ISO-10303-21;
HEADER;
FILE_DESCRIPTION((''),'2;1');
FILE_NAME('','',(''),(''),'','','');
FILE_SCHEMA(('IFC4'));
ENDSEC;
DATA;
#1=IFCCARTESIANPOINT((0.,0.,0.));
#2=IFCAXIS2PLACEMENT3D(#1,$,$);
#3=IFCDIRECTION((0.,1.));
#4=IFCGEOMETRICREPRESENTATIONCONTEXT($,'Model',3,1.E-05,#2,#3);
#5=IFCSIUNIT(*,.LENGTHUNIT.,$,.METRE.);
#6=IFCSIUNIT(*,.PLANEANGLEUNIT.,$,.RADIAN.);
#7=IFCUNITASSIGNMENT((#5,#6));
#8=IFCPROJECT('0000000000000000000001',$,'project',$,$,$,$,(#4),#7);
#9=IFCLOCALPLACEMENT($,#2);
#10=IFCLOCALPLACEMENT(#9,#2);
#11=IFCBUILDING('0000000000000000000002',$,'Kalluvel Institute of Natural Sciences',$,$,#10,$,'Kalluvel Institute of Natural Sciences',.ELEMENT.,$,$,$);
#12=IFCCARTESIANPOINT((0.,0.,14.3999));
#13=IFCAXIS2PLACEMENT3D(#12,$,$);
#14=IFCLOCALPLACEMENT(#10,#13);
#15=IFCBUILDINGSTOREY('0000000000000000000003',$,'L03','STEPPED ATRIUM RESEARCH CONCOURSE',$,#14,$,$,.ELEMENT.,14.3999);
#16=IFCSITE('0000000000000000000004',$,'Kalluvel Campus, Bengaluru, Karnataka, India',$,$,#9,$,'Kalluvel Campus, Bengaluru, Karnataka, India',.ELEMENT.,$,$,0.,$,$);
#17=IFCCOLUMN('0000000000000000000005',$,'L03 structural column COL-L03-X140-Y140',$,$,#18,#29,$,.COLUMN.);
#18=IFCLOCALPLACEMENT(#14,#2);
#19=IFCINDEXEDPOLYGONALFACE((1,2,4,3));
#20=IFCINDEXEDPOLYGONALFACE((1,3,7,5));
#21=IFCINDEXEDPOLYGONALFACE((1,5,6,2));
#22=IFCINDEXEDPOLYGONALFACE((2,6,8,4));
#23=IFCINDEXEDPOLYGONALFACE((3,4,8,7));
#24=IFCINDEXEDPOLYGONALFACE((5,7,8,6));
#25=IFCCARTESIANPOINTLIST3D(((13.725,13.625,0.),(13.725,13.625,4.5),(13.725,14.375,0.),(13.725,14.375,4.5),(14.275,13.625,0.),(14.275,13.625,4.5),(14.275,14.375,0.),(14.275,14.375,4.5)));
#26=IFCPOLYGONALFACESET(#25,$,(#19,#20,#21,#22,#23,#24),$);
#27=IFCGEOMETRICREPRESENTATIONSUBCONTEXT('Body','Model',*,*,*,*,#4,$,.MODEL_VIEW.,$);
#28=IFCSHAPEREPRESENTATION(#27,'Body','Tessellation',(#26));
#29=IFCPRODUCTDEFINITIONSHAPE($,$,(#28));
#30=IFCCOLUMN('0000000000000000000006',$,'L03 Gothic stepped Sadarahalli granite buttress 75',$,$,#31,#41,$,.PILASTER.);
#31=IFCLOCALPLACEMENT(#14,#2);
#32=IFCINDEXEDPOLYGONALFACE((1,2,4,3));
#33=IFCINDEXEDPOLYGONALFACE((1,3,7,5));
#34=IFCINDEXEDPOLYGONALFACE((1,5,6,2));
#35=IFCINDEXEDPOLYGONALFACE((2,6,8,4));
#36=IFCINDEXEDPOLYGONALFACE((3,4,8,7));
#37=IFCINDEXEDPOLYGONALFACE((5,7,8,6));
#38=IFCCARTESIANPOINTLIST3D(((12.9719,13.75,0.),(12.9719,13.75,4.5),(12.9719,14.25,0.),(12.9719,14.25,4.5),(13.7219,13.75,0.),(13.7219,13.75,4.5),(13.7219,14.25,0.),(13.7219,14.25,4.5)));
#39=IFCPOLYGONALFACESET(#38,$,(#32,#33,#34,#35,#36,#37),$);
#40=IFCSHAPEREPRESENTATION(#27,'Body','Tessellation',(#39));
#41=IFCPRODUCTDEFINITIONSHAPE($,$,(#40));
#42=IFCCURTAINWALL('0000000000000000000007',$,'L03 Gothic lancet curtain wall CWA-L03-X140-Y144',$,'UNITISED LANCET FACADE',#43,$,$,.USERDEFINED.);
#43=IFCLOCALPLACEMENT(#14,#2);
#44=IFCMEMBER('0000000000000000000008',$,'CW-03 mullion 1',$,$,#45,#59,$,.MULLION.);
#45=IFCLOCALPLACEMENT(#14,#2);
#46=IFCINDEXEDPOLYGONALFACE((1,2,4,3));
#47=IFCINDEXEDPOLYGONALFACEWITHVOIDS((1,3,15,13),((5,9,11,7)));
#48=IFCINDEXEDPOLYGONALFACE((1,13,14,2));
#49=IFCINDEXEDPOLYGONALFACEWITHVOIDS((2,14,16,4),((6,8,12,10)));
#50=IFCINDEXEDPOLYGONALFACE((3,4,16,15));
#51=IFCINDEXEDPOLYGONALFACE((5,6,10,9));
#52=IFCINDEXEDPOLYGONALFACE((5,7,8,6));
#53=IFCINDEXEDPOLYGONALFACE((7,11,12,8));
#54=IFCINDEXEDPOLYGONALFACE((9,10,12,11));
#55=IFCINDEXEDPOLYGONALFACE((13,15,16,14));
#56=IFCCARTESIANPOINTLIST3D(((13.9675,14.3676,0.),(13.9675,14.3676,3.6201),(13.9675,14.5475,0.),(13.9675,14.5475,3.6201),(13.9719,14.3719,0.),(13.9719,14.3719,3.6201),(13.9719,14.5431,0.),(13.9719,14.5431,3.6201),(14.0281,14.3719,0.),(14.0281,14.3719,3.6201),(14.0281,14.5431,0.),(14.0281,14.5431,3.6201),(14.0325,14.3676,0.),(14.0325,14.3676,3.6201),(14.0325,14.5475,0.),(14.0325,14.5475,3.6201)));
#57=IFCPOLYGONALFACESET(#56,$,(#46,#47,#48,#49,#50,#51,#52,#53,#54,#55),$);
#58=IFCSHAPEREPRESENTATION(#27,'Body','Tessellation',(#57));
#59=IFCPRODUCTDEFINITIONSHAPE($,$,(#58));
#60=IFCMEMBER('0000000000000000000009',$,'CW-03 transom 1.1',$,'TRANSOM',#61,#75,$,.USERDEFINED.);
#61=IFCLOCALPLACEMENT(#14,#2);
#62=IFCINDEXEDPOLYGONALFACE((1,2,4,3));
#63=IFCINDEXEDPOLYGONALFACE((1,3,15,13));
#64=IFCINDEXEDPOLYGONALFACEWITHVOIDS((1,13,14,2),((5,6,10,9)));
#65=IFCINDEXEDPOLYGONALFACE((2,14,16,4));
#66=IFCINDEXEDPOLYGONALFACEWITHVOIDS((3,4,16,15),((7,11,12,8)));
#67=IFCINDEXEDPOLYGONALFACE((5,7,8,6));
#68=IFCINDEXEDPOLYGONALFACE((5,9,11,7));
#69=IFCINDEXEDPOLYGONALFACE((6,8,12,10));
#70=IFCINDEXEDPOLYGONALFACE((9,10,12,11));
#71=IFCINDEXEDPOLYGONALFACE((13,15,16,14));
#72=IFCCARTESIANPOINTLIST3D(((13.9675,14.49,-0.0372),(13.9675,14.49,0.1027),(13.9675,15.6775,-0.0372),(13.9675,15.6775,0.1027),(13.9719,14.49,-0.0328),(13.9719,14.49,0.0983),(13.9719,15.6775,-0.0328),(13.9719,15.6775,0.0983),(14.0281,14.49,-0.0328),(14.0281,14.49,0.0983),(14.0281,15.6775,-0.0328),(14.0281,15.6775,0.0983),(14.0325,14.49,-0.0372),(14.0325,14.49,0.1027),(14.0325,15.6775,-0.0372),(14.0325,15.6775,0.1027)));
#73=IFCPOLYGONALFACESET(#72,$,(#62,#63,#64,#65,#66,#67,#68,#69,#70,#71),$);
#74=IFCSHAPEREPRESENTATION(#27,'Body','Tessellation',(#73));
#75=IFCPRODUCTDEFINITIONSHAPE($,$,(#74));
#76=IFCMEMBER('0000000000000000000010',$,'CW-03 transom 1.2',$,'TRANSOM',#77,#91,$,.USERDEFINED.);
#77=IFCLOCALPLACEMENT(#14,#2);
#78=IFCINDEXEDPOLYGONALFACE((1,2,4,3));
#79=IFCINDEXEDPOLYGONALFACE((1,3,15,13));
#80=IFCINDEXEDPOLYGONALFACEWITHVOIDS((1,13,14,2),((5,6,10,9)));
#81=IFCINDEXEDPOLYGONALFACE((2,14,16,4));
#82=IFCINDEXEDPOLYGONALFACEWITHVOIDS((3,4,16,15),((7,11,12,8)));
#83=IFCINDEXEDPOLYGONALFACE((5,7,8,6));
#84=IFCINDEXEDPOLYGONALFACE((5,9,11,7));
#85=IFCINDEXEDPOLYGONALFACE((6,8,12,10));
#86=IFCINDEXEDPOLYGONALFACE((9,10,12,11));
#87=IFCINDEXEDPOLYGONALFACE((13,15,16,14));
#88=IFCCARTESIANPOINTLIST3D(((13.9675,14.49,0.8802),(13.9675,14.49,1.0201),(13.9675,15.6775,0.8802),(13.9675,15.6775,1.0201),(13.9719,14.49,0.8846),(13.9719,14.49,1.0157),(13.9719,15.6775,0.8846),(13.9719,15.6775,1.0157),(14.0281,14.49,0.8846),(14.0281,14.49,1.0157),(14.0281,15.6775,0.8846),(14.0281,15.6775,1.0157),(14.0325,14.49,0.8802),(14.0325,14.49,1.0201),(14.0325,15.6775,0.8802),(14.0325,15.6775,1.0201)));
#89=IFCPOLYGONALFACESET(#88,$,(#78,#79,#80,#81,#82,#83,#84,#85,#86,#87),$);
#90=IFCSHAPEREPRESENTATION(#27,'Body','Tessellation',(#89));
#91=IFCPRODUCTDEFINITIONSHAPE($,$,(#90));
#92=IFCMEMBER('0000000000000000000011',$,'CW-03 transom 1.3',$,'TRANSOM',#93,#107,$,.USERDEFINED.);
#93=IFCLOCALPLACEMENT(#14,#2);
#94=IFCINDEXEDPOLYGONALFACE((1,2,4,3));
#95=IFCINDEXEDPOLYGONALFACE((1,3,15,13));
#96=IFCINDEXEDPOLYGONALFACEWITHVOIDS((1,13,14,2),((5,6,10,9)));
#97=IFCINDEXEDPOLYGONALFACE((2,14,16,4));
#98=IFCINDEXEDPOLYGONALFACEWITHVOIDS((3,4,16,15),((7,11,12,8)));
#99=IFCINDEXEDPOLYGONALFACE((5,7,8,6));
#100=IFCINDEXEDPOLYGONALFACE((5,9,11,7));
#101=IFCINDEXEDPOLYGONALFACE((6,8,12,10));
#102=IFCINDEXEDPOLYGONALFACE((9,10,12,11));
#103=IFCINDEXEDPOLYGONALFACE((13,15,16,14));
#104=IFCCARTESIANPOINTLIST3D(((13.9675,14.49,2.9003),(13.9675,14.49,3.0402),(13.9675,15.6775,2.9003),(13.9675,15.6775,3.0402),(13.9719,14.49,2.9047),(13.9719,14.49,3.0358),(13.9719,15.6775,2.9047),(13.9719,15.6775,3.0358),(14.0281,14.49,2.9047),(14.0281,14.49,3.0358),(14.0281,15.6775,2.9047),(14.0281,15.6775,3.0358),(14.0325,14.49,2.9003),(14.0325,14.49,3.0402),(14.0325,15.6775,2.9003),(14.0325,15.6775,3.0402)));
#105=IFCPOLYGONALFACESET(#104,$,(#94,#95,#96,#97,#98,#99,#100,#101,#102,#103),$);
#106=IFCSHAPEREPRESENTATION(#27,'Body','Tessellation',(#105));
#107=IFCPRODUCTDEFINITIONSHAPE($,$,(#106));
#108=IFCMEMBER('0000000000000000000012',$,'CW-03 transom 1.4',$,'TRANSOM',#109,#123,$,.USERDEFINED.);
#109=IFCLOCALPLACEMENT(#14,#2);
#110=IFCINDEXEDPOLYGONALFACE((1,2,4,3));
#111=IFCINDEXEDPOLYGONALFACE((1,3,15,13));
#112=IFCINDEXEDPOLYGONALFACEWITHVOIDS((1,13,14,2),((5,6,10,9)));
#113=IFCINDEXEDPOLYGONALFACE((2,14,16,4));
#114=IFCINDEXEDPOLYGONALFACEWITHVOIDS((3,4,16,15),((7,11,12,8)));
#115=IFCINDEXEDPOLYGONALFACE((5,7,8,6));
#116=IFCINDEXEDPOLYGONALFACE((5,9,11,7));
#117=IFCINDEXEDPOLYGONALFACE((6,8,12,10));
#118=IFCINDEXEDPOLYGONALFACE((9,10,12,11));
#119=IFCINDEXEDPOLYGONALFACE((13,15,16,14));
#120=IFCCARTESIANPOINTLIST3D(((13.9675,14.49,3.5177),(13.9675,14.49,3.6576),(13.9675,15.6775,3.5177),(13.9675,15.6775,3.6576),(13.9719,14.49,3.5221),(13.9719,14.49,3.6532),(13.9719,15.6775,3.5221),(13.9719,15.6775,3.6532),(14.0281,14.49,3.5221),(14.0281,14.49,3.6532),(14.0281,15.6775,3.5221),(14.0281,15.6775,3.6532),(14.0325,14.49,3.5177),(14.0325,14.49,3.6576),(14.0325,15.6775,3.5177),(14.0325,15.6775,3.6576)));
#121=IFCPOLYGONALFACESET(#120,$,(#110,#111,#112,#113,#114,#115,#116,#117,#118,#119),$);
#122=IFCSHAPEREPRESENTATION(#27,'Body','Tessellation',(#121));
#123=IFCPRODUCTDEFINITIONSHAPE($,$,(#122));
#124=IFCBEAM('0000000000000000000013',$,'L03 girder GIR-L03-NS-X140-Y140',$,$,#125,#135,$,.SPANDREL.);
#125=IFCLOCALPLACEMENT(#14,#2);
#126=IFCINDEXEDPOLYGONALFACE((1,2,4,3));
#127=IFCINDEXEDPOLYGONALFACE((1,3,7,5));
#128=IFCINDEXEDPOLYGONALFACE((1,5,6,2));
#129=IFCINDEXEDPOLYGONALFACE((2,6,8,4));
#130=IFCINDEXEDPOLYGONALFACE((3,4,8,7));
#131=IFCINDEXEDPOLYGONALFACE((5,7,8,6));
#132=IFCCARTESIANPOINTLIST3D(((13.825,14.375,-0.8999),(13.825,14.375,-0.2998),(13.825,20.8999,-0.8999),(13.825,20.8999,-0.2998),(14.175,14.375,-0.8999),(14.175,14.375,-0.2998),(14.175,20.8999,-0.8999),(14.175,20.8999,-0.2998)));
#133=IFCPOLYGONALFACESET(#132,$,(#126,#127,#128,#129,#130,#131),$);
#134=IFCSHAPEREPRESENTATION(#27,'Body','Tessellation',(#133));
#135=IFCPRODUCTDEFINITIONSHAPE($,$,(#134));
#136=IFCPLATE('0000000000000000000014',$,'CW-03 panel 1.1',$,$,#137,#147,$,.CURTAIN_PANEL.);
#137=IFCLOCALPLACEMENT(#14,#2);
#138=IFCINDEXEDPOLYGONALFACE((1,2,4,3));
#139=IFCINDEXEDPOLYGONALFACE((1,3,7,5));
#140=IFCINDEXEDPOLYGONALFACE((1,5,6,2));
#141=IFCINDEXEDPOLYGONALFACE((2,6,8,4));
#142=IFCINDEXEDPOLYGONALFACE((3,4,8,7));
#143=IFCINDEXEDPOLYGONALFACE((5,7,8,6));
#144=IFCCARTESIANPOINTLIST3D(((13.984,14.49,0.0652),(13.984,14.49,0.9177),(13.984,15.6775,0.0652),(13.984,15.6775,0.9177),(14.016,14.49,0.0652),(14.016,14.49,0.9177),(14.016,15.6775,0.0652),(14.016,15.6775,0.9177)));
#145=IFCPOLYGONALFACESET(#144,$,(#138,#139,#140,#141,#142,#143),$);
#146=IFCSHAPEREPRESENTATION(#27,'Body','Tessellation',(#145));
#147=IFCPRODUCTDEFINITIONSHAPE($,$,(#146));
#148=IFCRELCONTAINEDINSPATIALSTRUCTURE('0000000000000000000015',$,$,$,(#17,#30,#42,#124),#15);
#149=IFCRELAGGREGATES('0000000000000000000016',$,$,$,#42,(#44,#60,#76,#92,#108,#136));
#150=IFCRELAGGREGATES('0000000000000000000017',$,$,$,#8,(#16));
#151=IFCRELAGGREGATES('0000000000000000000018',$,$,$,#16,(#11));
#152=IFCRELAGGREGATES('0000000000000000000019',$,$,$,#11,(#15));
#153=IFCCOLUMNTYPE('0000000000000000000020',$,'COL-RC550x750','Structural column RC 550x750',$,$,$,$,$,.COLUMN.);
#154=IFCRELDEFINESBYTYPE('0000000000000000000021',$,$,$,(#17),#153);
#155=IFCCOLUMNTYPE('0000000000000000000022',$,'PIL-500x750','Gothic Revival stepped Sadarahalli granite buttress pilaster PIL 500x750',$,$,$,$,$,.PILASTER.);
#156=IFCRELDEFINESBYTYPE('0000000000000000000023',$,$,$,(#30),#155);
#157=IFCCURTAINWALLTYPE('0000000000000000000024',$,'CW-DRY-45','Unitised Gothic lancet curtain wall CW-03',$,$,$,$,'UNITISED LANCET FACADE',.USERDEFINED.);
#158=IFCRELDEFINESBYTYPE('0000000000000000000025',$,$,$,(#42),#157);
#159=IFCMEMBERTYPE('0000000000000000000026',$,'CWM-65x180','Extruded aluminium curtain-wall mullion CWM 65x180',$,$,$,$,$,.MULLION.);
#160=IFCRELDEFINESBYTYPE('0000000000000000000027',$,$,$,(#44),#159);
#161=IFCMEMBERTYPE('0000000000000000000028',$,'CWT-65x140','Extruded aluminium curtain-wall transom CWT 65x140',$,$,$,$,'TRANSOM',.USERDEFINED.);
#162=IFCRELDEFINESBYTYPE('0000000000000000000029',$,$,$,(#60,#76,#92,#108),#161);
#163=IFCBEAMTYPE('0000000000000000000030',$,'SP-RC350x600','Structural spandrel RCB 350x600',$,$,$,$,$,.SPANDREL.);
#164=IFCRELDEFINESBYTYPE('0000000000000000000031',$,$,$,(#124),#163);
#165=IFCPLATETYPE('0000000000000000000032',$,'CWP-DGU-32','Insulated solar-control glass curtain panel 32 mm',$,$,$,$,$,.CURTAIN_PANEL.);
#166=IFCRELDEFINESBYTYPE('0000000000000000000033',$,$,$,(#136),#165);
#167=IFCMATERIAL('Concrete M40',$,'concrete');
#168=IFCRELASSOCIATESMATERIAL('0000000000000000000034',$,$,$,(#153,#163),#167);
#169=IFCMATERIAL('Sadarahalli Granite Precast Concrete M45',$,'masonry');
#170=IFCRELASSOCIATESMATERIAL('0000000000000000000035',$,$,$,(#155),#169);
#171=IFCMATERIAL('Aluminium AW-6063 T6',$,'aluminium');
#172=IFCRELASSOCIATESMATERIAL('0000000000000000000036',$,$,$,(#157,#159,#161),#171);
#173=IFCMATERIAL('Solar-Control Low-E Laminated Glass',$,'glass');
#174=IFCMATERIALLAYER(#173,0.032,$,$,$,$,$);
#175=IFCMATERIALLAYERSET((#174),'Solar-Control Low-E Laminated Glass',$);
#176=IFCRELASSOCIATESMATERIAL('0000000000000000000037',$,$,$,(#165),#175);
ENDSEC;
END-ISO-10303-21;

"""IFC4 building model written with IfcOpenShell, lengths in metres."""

from ifc_helpers import new_model, si_unit, direction, frame, origin, origin_2d, place, context, subcontext, project, spatial, rectangle, hollow_rectangle, extrude, material, layer, layer_set, material_profile, profile_set, type_object, element, aggregate, save


model = new_model("IFC4")

# Units and contexts
model_context = context("Model", 3, precision=1e-05, world=origin(), true_north=direction((0.0, 1.0)))
body_context = subcontext(model_context, "Body", "Model", "MODEL_VIEW")
ifc_project = project(units=[si_unit("LENGTHUNIT", "METRE"), si_unit("PLANEANGLEUNIT", "RADIAN")], contexts=[model_context])

# Site, building, storey
site_placement = place(None, origin())
site = spatial("IfcSite", under=ifc_project, at=site_placement, Name="Kalluvel Campus, Bengaluru, Karnataka, India", LongName="Kalluvel Campus, Bengaluru, Karnataka, India", CompositionType="ELEMENT", RefElevation=0.0)
building_placement = place(site_placement, origin())
building = spatial("IfcBuilding", under=site, at=building_placement, Name="Kalluvel Institute of Natural Sciences", LongName="Kalluvel Institute of Natural Sciences", CompositionType="ELEMENT")
storey_placement = place(building_placement, frame((0.0, 0.0, 14.3999)))
storey = spatial("IfcBuildingStorey", under=building, at=storey_placement, Name="L03", Description="STEPPED ATRIUM RESEARCH CONCOURSE", CompositionType="ELEMENT", Elevation=14.3999)

# Columns
ifc_material_1 = material(Name="Concrete M40", Category="concrete")
ifc_material_profile_1 = material_profile(ifc_material_1, rectangle(XDim=0.55, YDim=0.75, at=origin_2d()), Name="RC 550x750")
ifc_profile_set_1 = profile_set([ifc_material_profile_1], Name="Concrete M40")
column_type_1 = type_object("IfcColumnType", Name="COL-RC550x750", Description="Structural column RC 550x750", PredefinedType="COLUMN", material=ifc_profile_set_1)
column_1_placement = place(storey_placement, frame((14.0, 14.0, 0.0), z_axis=(0.0, 0.0, 1.0), x_axis=(1.0, 0.0, 0.0)))
element("IfcColumn", 1, at=column_1_placement, inside=storey, type_object=column_type_1, Name="L03 structural column COL-L03-X140-Y140", PredefinedType="COLUMN", context=body_context, shape_type="SweptSolid", body=[
    extrude(rectangle(XDim=0.55, YDim=0.75, at=origin_2d()), origin(), (0.0, 0.0, 1.0), 4.5),
])
ifc_material_2 = material(Name="Sadarahalli Granite Precast Concrete M45", Category="masonry")
ifc_material_profile_2 = material_profile(ifc_material_2, rectangle(XDim=0.5, YDim=0.75, at=origin_2d()), Name="PIL 500x750")
ifc_profile_set_2 = profile_set([ifc_material_profile_2], Name="Sadarahalli Granite Precast Concrete M45")
column_type_2 = type_object("IfcColumnType", Name="PIL-500x750", Description="Gothic Revival stepped Sadarahalli granite buttress pilaster PIL 500x750", PredefinedType="PILASTER", material=ifc_profile_set_2)
column_2_placement = place(storey_placement, frame((13.3469, 14.0, 0.0), z_axis=(0.0, 0.0, 1.0), x_axis=(0.0, 1.0, 0.0)))
element("IfcColumn", 2, at=column_2_placement, inside=storey, type_object=column_type_2, Name="L03 Gothic stepped Sadarahalli granite buttress 75", PredefinedType="PILASTER", context=body_context, shape_type="SweptSolid", body=[
    extrude(rectangle(XDim=0.5, YDim=0.75, at=origin_2d()), origin(), (0.0, 0.0, 1.0), 4.5),
])

# Curtain wall, members
ifc_material_3 = material(Name="Aluminium AW-6063 T6", Category="aluminium")
curtain_wall_type = type_object("IfcCurtainWallType", Name="CW-DRY-45", Description="Unitised Gothic lancet curtain wall CW-03", ElementType="UNITISED LANCET FACADE", PredefinedType="USERDEFINED", material=ifc_material_3)
curtain_wall_placement = place(storey_placement, origin())
curtain_wall = element("IfcCurtainWall", 3, at=curtain_wall_placement, inside=storey, type_object=curtain_wall_type, Name="L03 Gothic lancet curtain wall CWA-L03-X140-Y144", ObjectType="UNITISED LANCET FACADE", PredefinedType="USERDEFINED")
ifc_material_profile_3 = material_profile(ifc_material_3, hollow_rectangle(XDim=0.0649, YDim=0.1799, WallThickness=0.0044, at=origin_2d()), Name="CWM 65x180")
ifc_profile_set_3 = profile_set([ifc_material_profile_3], Name="Aluminium AW-6063 T6")
member_type_1 = type_object("IfcMemberType", Name="CWM-65x180", Description="Extruded aluminium curtain-wall mullion CWM 65x180", PredefinedType="MULLION", material=ifc_profile_set_3)
member_1_placement = place(storey_placement, frame((14.0, 14.4575, 0.0), z_axis=(0.0, 0.0, 1.0), x_axis=(-1.0, 0.0, 0.0)))
member_1 = element("IfcMember", 4, at=member_1_placement, type_object=member_type_1, Name="CW-03 mullion 1", PredefinedType="MULLION", context=body_context, shape_type="SweptSolid", body=[
    extrude(hollow_rectangle(XDim=0.0649, YDim=0.1799, WallThickness=0.0044, at=origin_2d()), origin(), (0.0, 0.0, 1.0), 3.6201),
])
ifc_material_profile_4 = material_profile(ifc_material_3, hollow_rectangle(XDim=0.0649, YDim=0.1399, WallThickness=0.0044, at=origin_2d()), Name="CWT 65x140")
ifc_profile_set_4 = profile_set([ifc_material_profile_4], Name="Aluminium AW-6063 T6")
member_type_2 = type_object("IfcMemberType", Name="CWT-65x140", Description="Extruded aluminium curtain-wall transom CWT 65x140", ElementType="TRANSOM", PredefinedType="USERDEFINED", material=ifc_profile_set_4)
member_2_placement = place(storey_placement, frame((14.0, 14.49, 0.0327), z_axis=(0.0, 1.0, 0.0), x_axis=(-1.0, 0.0, 0.0)))
member_2 = element("IfcMember", 5, at=member_2_placement, type_object=member_type_2, Name="CW-03 transom 1.1", ObjectType="TRANSOM", PredefinedType="USERDEFINED", context=body_context, shape_type="SweptSolid", body=[
    extrude(hollow_rectangle(XDim=0.0649, YDim=0.1399, WallThickness=0.0044, at=origin_2d()), origin(), (0.0, 0.0, 1.0), 1.1875),
])
member_3_placement = place(storey_placement, frame((14.0, 14.49, 0.9502), z_axis=(0.0, 1.0, 0.0), x_axis=(-1.0, 0.0, 0.0)))
member_3 = element("IfcMember", 6, at=member_3_placement, type_object=member_type_2, Name="CW-03 transom 1.2", ObjectType="TRANSOM", PredefinedType="USERDEFINED", context=body_context, shape_type="SweptSolid", body=[
    extrude(hollow_rectangle(XDim=0.0649, YDim=0.1399, WallThickness=0.0044, at=origin_2d()), origin(), (0.0, 0.0, 1.0), 1.1875),
])
member_4_placement = place(storey_placement, frame((14.0, 14.49, 2.9702), z_axis=(0.0, 1.0, 0.0), x_axis=(-1.0, 0.0, 0.0)))
member_4 = element("IfcMember", 7, at=member_4_placement, type_object=member_type_2, Name="CW-03 transom 1.3", ObjectType="TRANSOM", PredefinedType="USERDEFINED", context=body_context, shape_type="SweptSolid", body=[
    extrude(hollow_rectangle(XDim=0.0649, YDim=0.1399, WallThickness=0.0044, at=origin_2d()), origin(), (0.0, 0.0, 1.0), 1.1875),
])
member_5_placement = place(storey_placement, frame((14.0, 14.49, 3.5876), z_axis=(0.0, 1.0, 0.0), x_axis=(-1.0, 0.0, 0.0)))
member_5 = element("IfcMember", 8, at=member_5_placement, type_object=member_type_2, Name="CW-03 transom 1.4", ObjectType="TRANSOM", PredefinedType="USERDEFINED", context=body_context, shape_type="SweptSolid", body=[
    extrude(hollow_rectangle(XDim=0.0649, YDim=0.1399, WallThickness=0.0044, at=origin_2d()), origin(), (0.0, 0.0, 1.0), 1.1875),
])

# Beam
ifc_material_profile_5 = material_profile(ifc_material_1, rectangle(XDim=0.3501, YDim=0.6001, at=origin_2d()), Name="RCB 350x600")
ifc_profile_set_5 = profile_set([ifc_material_profile_5], Name="Concrete M40")
beam_type = type_object("IfcBeamType", Name="SP-RC350x600", Description="Structural spandrel RCB 350x600", PredefinedType="SPANDREL", material=ifc_profile_set_5)
beam_placement = place(storey_placement, frame((14.0, 14.375, -0.5999), z_axis=(0.0, 1.0, 0.0), x_axis=(-1.0, 0.0, 0.0)))
element("IfcBeam", 9, at=beam_placement, inside=storey, type_object=beam_type, Name="L03 girder GIR-L03-NS-X140-Y140", PredefinedType="SPANDREL", context=body_context, shape_type="SweptSolid", body=[
    extrude(rectangle(XDim=0.3501, YDim=0.6001, at=origin_2d()), origin(), (0.0, 0.0, 1.0), 6.5249),
])

# Plate
ifc_material_4 = material(Name="Solar-Control Low-E Laminated Glass", Category="glass")
ifc_layer_1 = layer(ifc_material_4, 0.032)
ifc_layer_set_1 = layer_set([ifc_layer_1], Name="Solar-Control Low-E Laminated Glass")
plate_type = type_object("IfcPlateType", Name="CWP-DGU-32", Description="Insulated solar-control glass curtain panel 32 mm", PredefinedType="CURTAIN_PANEL", material=ifc_layer_set_1)
plate_placement = place(storey_placement, frame((14.0, 15.0837, 0.0652), z_axis=(0.0, 0.0, 1.0), x_axis=(0.0, 1.0, 0.0)))
plate = element("IfcPlate", 10, at=plate_placement, type_object=plate_type, Name="CW-03 panel 1.1", PredefinedType="CURTAIN_PANEL", context=body_context, shape_type="SweptSolid", body=[
    extrude(rectangle(XDim=1.1875, YDim=0.032, at=origin_2d()), origin(), (0.0, 0.0, 1.0), 0.8525),
])
aggregate(curtain_wall, [member_1, member_2, member_3, member_4, member_5, plate])

save(model, "model.ifc")
